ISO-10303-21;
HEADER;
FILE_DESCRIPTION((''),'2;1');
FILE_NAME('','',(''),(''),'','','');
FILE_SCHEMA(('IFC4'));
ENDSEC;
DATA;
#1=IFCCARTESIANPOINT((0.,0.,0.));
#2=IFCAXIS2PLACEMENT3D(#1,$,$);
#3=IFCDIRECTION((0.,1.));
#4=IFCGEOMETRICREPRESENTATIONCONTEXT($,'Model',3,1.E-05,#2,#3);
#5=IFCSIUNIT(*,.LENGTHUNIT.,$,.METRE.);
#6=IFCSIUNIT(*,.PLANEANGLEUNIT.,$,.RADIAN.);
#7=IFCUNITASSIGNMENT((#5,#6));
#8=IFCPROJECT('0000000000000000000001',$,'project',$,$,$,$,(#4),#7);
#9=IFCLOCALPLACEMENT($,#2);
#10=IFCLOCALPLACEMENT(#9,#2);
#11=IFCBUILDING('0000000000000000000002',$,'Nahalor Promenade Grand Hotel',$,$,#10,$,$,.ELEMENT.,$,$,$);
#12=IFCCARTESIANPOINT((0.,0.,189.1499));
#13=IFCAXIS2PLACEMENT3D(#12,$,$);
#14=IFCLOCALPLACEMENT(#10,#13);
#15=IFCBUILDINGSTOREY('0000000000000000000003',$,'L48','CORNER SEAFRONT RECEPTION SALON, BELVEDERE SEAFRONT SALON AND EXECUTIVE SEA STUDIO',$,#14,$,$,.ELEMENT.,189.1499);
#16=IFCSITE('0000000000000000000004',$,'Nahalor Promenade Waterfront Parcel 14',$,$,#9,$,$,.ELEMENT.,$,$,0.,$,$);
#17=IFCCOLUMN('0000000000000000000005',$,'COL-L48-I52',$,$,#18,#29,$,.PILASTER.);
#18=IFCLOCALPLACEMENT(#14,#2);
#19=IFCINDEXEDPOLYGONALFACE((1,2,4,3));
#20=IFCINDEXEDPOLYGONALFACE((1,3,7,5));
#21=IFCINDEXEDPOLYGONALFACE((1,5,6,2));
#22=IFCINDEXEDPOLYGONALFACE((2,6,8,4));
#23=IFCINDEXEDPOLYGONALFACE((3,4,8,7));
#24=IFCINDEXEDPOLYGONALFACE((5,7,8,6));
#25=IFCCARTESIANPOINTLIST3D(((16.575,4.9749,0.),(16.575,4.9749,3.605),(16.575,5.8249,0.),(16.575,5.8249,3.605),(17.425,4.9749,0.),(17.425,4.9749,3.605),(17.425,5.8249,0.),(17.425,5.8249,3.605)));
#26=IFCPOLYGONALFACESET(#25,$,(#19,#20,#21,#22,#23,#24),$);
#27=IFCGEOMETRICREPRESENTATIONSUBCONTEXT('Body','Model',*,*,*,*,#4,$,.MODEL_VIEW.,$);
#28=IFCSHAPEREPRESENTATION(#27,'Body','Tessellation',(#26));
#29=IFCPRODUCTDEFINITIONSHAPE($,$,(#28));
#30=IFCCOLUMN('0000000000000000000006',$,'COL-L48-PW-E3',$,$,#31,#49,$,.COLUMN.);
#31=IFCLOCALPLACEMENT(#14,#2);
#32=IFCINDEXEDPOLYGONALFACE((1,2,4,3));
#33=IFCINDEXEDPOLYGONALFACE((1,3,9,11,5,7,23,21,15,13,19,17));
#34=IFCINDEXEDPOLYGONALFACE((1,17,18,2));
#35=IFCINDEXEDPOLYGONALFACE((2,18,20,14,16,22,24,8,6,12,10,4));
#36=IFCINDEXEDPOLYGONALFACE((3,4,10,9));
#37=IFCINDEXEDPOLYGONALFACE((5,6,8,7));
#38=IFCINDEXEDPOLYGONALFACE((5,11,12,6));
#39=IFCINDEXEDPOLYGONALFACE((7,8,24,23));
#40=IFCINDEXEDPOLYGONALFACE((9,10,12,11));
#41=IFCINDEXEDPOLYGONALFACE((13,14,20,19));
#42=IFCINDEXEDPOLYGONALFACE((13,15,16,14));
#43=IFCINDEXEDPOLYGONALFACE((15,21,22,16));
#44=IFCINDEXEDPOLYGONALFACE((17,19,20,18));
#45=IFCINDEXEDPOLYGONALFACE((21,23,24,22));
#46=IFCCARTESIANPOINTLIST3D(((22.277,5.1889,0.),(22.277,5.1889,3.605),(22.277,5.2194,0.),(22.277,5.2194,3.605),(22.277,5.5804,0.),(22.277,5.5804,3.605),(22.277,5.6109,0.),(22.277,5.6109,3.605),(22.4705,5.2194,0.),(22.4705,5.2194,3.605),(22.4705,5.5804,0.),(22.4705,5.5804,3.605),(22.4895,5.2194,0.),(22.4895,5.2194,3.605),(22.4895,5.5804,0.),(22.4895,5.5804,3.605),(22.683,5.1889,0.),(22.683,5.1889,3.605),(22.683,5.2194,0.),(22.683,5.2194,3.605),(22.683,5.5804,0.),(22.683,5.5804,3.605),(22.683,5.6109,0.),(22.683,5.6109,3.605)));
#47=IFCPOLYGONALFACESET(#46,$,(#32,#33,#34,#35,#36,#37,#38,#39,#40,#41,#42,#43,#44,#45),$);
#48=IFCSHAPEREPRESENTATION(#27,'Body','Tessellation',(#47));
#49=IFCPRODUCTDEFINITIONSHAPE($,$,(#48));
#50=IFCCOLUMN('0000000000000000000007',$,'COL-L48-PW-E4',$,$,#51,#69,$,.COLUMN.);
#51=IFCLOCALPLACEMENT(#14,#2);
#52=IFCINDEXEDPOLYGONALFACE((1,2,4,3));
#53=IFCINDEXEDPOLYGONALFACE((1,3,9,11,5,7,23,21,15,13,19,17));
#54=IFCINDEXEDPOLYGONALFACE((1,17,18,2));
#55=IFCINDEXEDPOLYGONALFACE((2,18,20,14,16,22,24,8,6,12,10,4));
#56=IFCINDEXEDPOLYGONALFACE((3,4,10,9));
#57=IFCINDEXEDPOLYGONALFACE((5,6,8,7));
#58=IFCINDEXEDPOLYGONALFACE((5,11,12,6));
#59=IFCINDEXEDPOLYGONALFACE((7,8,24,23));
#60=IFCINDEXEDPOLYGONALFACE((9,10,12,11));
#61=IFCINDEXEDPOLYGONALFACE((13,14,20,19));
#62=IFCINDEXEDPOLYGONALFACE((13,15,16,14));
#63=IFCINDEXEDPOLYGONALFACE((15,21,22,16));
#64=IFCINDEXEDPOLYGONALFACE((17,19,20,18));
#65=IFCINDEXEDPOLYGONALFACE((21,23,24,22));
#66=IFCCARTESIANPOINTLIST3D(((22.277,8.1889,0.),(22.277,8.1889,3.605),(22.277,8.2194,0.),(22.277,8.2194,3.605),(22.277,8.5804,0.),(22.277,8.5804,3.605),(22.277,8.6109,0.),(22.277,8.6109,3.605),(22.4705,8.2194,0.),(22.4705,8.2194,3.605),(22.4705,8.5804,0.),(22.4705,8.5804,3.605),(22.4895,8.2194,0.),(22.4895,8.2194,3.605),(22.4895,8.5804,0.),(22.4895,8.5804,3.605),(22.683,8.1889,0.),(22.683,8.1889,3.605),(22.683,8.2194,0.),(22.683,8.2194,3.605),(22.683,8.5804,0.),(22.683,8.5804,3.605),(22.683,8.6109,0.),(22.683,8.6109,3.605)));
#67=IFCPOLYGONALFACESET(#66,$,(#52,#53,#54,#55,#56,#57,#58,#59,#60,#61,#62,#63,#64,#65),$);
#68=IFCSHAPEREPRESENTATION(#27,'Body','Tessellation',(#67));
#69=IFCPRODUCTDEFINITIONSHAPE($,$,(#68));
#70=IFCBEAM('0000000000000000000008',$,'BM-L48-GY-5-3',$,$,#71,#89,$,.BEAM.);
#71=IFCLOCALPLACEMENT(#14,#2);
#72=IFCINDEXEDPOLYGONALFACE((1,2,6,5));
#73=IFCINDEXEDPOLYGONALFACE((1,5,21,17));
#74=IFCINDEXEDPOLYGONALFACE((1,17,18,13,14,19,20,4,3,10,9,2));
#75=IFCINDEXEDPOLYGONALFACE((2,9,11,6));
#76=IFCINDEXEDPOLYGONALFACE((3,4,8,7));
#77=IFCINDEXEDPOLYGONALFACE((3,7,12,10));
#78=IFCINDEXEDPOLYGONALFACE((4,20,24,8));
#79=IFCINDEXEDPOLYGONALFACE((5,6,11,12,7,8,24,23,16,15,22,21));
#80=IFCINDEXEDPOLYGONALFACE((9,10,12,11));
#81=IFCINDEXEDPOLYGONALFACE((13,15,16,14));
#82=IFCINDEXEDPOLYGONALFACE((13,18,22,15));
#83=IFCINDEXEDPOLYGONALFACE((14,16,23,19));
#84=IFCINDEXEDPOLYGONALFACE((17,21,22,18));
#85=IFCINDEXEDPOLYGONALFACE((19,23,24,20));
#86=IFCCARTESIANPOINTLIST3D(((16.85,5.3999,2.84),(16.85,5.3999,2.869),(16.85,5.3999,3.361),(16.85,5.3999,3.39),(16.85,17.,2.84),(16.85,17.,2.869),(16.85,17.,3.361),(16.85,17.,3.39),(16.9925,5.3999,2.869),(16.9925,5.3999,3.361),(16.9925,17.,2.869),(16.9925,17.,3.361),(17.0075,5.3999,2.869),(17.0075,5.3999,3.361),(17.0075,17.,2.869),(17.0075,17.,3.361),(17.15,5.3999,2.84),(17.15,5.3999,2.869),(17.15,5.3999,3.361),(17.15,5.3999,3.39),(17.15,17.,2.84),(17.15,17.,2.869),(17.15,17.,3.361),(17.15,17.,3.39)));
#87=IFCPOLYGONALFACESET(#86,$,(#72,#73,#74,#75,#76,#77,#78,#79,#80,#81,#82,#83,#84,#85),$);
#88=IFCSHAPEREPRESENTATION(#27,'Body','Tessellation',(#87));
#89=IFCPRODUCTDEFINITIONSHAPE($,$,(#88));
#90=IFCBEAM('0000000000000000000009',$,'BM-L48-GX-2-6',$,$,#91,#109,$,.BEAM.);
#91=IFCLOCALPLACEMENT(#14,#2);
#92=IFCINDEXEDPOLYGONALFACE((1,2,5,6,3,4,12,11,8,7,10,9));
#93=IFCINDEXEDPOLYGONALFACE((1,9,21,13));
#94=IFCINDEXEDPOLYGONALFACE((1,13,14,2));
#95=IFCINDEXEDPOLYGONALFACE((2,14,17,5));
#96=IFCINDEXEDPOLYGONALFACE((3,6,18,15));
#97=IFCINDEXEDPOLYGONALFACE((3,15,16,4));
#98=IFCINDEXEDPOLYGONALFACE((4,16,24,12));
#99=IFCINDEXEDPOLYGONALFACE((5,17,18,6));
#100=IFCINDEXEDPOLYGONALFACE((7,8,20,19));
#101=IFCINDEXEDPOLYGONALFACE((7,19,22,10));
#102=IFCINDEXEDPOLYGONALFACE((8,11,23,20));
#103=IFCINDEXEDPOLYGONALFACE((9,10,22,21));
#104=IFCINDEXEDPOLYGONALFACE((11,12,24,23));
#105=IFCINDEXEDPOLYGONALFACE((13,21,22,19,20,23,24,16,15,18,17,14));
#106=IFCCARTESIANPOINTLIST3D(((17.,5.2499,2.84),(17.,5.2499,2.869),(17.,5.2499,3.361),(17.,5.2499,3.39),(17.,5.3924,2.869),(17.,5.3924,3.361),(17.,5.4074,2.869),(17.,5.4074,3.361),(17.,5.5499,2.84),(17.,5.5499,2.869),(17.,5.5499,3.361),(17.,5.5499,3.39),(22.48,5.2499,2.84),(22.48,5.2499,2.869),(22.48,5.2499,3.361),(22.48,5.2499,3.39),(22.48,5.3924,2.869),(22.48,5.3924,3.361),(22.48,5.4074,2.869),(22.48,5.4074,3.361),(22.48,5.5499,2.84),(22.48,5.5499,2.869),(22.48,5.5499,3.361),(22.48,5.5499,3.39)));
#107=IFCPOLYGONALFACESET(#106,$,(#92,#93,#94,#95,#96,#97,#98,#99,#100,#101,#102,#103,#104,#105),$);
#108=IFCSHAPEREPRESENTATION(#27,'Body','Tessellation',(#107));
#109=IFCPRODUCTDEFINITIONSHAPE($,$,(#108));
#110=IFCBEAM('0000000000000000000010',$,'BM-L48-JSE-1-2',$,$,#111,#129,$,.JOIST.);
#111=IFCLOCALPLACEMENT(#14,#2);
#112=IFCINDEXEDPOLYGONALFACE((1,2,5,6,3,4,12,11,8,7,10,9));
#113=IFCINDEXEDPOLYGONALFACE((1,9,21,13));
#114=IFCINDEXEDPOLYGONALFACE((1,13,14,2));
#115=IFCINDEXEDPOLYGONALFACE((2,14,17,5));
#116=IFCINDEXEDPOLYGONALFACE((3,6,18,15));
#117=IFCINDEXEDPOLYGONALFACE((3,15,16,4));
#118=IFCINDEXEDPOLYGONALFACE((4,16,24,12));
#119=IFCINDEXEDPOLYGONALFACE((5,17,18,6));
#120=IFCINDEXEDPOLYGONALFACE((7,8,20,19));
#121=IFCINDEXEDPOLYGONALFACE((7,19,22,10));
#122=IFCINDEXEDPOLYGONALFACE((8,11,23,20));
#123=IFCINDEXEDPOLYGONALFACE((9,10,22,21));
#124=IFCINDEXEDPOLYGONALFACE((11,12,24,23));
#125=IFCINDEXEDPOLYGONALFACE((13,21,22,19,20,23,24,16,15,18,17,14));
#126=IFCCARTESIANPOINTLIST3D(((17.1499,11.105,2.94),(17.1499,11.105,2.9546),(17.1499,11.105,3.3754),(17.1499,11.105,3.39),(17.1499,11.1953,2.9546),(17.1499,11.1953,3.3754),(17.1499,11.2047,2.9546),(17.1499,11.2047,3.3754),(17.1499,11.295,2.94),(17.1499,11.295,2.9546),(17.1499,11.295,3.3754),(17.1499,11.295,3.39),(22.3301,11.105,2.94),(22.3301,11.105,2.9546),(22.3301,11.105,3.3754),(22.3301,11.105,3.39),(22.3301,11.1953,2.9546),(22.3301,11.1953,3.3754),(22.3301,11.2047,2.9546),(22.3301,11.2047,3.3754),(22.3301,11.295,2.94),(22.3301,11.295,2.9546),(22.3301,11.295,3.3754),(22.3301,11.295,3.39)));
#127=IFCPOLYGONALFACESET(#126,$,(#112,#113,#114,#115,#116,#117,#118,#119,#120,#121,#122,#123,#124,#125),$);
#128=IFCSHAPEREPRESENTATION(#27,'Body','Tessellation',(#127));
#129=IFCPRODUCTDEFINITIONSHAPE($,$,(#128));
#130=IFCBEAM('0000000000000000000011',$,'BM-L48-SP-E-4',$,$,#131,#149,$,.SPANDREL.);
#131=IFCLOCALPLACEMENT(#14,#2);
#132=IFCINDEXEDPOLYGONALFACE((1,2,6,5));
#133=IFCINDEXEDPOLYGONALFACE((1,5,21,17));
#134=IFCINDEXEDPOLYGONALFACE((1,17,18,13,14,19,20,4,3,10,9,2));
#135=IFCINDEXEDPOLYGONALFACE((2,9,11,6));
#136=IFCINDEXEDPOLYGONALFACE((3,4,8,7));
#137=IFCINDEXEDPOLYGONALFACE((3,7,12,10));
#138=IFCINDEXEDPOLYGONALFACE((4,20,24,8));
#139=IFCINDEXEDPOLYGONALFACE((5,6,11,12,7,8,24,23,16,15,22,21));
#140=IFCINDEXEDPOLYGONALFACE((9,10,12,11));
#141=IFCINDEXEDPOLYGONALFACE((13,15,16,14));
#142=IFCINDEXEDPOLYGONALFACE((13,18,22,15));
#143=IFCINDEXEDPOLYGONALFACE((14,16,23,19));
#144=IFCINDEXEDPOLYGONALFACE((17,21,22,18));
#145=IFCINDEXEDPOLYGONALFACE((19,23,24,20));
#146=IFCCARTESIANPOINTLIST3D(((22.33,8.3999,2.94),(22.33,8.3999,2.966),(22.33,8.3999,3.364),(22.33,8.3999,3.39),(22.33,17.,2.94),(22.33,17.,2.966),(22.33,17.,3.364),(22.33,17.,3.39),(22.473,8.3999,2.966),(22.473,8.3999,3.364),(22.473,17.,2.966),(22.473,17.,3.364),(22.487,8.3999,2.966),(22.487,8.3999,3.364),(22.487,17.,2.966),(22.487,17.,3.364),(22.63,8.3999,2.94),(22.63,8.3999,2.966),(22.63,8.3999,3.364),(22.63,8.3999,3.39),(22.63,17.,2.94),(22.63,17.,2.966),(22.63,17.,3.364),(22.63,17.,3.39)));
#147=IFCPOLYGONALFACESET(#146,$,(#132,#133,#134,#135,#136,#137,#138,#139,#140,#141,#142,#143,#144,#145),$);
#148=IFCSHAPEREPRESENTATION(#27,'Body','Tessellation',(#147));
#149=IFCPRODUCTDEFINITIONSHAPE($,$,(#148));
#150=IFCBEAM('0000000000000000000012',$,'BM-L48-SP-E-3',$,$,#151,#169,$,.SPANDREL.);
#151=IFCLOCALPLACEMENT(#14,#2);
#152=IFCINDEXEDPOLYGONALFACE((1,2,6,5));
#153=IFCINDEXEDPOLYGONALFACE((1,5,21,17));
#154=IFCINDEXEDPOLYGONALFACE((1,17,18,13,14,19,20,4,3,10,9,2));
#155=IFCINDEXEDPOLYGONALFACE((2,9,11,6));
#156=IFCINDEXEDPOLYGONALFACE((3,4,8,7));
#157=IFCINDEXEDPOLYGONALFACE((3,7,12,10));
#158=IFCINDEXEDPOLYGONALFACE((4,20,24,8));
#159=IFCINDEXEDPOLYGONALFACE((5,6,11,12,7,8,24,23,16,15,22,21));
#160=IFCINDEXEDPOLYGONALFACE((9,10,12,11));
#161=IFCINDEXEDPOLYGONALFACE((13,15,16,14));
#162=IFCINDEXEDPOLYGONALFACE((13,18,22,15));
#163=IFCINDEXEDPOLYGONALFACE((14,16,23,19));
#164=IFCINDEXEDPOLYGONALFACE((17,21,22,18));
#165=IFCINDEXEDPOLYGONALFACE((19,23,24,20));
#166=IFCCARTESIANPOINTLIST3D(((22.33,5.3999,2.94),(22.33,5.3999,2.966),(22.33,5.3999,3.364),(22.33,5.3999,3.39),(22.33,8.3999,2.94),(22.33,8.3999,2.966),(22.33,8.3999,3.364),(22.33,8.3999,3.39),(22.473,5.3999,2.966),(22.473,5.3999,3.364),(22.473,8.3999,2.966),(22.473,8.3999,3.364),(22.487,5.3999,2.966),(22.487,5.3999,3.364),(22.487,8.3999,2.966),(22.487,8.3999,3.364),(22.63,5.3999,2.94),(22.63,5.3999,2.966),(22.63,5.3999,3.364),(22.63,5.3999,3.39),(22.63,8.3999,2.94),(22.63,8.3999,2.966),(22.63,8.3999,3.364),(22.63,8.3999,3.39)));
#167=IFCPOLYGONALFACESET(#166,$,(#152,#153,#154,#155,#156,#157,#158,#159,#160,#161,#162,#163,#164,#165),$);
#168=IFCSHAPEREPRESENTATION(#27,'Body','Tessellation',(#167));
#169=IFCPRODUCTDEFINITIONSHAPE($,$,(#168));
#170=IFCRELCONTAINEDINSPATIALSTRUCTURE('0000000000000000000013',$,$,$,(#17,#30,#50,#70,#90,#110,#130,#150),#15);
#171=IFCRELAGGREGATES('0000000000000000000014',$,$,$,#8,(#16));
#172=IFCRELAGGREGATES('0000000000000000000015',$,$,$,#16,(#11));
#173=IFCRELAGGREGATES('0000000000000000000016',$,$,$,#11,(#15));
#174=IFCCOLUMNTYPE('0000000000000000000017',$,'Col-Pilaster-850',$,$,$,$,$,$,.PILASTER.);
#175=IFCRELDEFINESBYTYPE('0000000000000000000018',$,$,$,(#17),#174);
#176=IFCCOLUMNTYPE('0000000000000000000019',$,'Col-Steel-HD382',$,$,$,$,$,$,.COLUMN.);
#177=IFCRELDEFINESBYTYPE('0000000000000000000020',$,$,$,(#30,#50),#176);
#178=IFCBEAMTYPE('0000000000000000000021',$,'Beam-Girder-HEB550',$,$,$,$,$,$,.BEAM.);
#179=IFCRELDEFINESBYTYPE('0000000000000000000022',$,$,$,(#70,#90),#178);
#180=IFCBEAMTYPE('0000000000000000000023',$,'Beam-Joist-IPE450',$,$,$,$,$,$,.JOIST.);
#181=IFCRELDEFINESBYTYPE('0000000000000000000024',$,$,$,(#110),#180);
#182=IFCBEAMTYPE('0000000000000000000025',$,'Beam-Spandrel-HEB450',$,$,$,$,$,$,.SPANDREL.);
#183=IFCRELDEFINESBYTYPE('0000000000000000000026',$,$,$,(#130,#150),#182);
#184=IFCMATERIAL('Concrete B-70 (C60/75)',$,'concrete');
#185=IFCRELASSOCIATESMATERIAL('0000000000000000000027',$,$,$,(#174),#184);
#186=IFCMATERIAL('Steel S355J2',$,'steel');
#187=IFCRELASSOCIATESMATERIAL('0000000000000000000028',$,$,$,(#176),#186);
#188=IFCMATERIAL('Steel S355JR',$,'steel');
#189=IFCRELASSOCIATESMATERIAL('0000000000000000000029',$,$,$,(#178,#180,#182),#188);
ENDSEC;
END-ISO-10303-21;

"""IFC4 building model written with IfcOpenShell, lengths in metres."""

from ifc_helpers import new_model, si_unit, direction, frame, origin, origin_2d, place, context, subcontext, project, spatial, rectangle, i_section, extrude, source, transform, mapped, material, material_profile, profile_set, type_object, element, save


model = new_model("IFC4")

# Units and contexts
model_context = context("Model", 3, precision=1e-05, world=origin(), true_north=direction((0.0, 1.0)))
body_context = subcontext(model_context, "Body", "Model", "MODEL_VIEW")
ifc_project = project(units=[si_unit("LENGTHUNIT", "METRE"), si_unit("PLANEANGLEUNIT", "RADIAN")], contexts=[model_context])

# Site, building, storey
site_placement = place(None, origin())
site = spatial("IfcSite", under=ifc_project, at=site_placement, Name="Nahalor Promenade Waterfront Parcel 14", CompositionType="ELEMENT", RefElevation=0.0)
building_placement = place(site_placement, origin())
building = spatial("IfcBuilding", under=site, at=building_placement, Name="Nahalor Promenade Grand Hotel", CompositionType="ELEMENT")
storey_placement = place(building_placement, frame((0.0, 0.0, 189.1499)))
storey = spatial("IfcBuildingStorey", under=building, at=storey_placement, Name="L48", Description="CORNER SEAFRONT RECEPTION SALON, BELVEDERE SEAFRONT SALON AND EXECUTIVE SEA STUDIO", CompositionType="ELEMENT", Elevation=189.1499)

# Columns
ifc_material_1 = material(Name="Concrete B-70 (C60/75)", Category="concrete")
ifc_material_profile_1 = material_profile(ifc_material_1, rectangle(XDim=0.85, YDim=0.85, at=origin_2d()), Name="RC 850x850")
ifc_profile_set_1 = profile_set([ifc_material_profile_1], Name="Concrete B-70 (C60/75)")
column_type_1 = type_object("IfcColumnType", Name="Col-Pilaster-850", PredefinedType="PILASTER", material=ifc_profile_set_1)
shared_shape_1 = source(origin(), body_context, "Body", "SweptSolid", [
    extrude(rectangle(XDim=0.85, YDim=0.85, at=origin_2d()), origin(), (0.0, 0.0, 1.0), 3.605),
])
column_placement = place(storey_placement, frame((17.0, 5.3999, 0.0), z_axis=(0.0, 0.0, 1.0), x_axis=(1.0, 0.0, 0.0)))
element("IfcColumn", 1, at=column_placement, inside=storey, type_object=column_type_1, Name="COL-L48-I52", PredefinedType="PILASTER", context=body_context, shape_type="MappedRepresentation", body=[
    mapped(shared_shape_1, transform((0.0, 0.0, 0.0), scale=1.0)),
])
ifc_material_2 = material(Name="Steel S355J2", Category="steel")
ifc_material_profile_2 = material_profile(ifc_material_2, i_section(OverallWidth=0.406, OverallDepth=0.422, WebThickness=0.019, FlangeThickness=0.0305, at=origin_2d()), Name="HD 400x382")
ifc_profile_set_2 = profile_set([ifc_material_profile_2], Name="Steel S355J2")
column_type_2 = type_object("IfcColumnType", Name="Col-Steel-HD382", PredefinedType="COLUMN", material=ifc_profile_set_2)
shared_shape_2 = source(origin(), body_context, "Body", "SweptSolid", [
    extrude(i_section(OverallWidth=0.406, OverallDepth=0.422, WebThickness=0.019, FlangeThickness=0.0305, at=origin_2d()), origin(), (0.0, 0.0, 1.0), 3.605),
])
for number, where, z_axis, x_axis, name in (
    (2, (22.48, 5.3999, 0.0), (0.0, 0.0, 1.0), (1.0, 0.0, 0.0), "COL-L48-PW-E3"),
    (3, (22.48, 8.3999, 0.0), (0.0, 0.0, 1.0), (1.0, 0.0, 0.0), "COL-L48-PW-E4"),
):
    element("IfcColumn", number, at=place(storey_placement, frame(where, z_axis=z_axis, x_axis=x_axis)), inside=storey, type_object=column_type_2, Name=name, PredefinedType="COLUMN", context=body_context, shape_type="MappedRepresentation", body=[
        mapped(shared_shape_2, transform((0.0, 0.0, 0.0), scale=1.0)),
    ])

# Beams
ifc_material_3 = material(Name="Steel S355JR", Category="steel")
ifc_material_profile_3 = material_profile(ifc_material_3, i_section(OverallWidth=0.3, OverallDepth=0.55, WebThickness=0.015, FlangeThickness=0.029, at=origin_2d()), Name="HEB 550")
ifc_profile_set_3 = profile_set([ifc_material_profile_3], Name="Steel S355JR")
beam_type_1 = type_object("IfcBeamType", Name="Beam-Girder-HEB550", PredefinedType="BEAM", material=ifc_profile_set_3)
shared_shape_3 = source(origin(), body_context, "Body", "SweptSolid", [
    extrude(i_section(OverallWidth=0.3, OverallDepth=0.55, WebThickness=0.015, FlangeThickness=0.029, at=origin_2d()), origin(), (0.0, 0.0, 1.0), 11.6001),
])
beam_1_placement = place(storey_placement, frame((17.0, 5.3999, 3.115), z_axis=(0.0, 1.0, 0.0), x_axis=(-1.0, 0.0, 0.0)))
element("IfcBeam", 4, at=beam_1_placement, inside=storey, type_object=beam_type_1, Name="BM-L48-GY-5-3", PredefinedType="BEAM", context=body_context, shape_type="MappedRepresentation", body=[
    mapped(shared_shape_3, transform((0.0, 0.0, 0.0), scale=1.0)),
])
shared_shape_4 = source(origin(), body_context, "Body", "SweptSolid", [
    extrude(i_section(OverallWidth=0.3, OverallDepth=0.55, WebThickness=0.015, FlangeThickness=0.029, at=origin_2d()), origin(), (0.0, 0.0, 1.0), 5.48),
])
beam_2_placement = place(storey_placement, frame((17.0, 5.3999, 3.115), z_axis=(1.0, 0.0, 0.0), x_axis=(0.0, 1.0, 0.0)))
element("IfcBeam", 5, at=beam_2_placement, inside=storey, type_object=beam_type_1, Name="BM-L48-GX-2-6", PredefinedType="BEAM", context=body_context, shape_type="MappedRepresentation", body=[
    mapped(shared_shape_4, transform((0.0, 0.0, 0.0), scale=1.0)),
])
ifc_material_profile_4 = material_profile(ifc_material_3, i_section(OverallWidth=0.19, OverallDepth=0.45, WebThickness=0.0094, FlangeThickness=0.0146, at=origin_2d()), Name="IPE 450")
ifc_profile_set_4 = profile_set([ifc_material_profile_4], Name="Steel S355JR")
beam_type_2 = type_object("IfcBeamType", Name="Beam-Joist-IPE450", PredefinedType="JOIST", material=ifc_profile_set_4)
shared_shape_5 = source(origin(), body_context, "Body", "SweptSolid", [
    extrude(i_section(OverallWidth=0.19, OverallDepth=0.45, WebThickness=0.0094, FlangeThickness=0.0146, at=origin_2d()), origin(), (0.0, 0.0, 1.0), 5.1802),
])
beam_3_placement = place(storey_placement, frame((17.1499, 11.2, 3.165), z_axis=(1.0, 0.0, 0.0), x_axis=(0.0, 1.0, 0.0)))
element("IfcBeam", 6, at=beam_3_placement, inside=storey, type_object=beam_type_2, Name="BM-L48-JSE-1-2", PredefinedType="JOIST", context=body_context, shape_type="MappedRepresentation", body=[
    mapped(shared_shape_5, transform((0.0, 0.0, 0.0), scale=1.0)),
])
ifc_material_profile_5 = material_profile(ifc_material_3, i_section(OverallWidth=0.3, OverallDepth=0.45, WebThickness=0.014, FlangeThickness=0.026, at=origin_2d()), Name="HEB 450")
ifc_profile_set_5 = profile_set([ifc_material_profile_5], Name="Steel S355JR")
beam_type_3 = type_object("IfcBeamType", Name="Beam-Spandrel-HEB450", PredefinedType="SPANDREL", material=ifc_profile_set_5)
shared_shape_6 = source(origin(), body_context, "Body", "SweptSolid", [
    extrude(i_section(OverallWidth=0.3, OverallDepth=0.45, WebThickness=0.014, FlangeThickness=0.026, at=origin_2d()), origin(), (0.0, 0.0, 1.0), 8.6001),
])
beam_4_placement = place(storey_placement, frame((22.48, 8.3999, 3.165), z_axis=(0.0, 1.0, 0.0), x_axis=(-1.0, 0.0, 0.0)))
element("IfcBeam", 7, at=beam_4_placement, inside=storey, type_object=beam_type_3, Name="BM-L48-SP-E-4", PredefinedType="SPANDREL", context=body_context, shape_type="MappedRepresentation", body=[
    mapped(shared_shape_6, transform((0.0, 0.0, 0.0), scale=1.0)),
])
shared_shape_7 = source(origin(), body_context, "Body", "SweptSolid", [
    extrude(i_section(OverallWidth=0.3, OverallDepth=0.45, WebThickness=0.014, FlangeThickness=0.026, at=origin_2d()), origin(), (0.0, 0.0, 1.0), 3.0),
])
beam_5_placement = place(storey_placement, frame((22.48, 5.3999, 3.165), z_axis=(0.0, 1.0, 0.0), x_axis=(-1.0, 0.0, 0.0)))
element("IfcBeam", 8, at=beam_5_placement, inside=storey, type_object=beam_type_3, Name="BM-L48-SP-E-3", PredefinedType="SPANDREL", context=body_context, shape_type="MappedRepresentation", body=[
    mapped(shared_shape_7, transform((0.0, 0.0, 0.0), scale=1.0)),
])

save(model, "model.ifc")
